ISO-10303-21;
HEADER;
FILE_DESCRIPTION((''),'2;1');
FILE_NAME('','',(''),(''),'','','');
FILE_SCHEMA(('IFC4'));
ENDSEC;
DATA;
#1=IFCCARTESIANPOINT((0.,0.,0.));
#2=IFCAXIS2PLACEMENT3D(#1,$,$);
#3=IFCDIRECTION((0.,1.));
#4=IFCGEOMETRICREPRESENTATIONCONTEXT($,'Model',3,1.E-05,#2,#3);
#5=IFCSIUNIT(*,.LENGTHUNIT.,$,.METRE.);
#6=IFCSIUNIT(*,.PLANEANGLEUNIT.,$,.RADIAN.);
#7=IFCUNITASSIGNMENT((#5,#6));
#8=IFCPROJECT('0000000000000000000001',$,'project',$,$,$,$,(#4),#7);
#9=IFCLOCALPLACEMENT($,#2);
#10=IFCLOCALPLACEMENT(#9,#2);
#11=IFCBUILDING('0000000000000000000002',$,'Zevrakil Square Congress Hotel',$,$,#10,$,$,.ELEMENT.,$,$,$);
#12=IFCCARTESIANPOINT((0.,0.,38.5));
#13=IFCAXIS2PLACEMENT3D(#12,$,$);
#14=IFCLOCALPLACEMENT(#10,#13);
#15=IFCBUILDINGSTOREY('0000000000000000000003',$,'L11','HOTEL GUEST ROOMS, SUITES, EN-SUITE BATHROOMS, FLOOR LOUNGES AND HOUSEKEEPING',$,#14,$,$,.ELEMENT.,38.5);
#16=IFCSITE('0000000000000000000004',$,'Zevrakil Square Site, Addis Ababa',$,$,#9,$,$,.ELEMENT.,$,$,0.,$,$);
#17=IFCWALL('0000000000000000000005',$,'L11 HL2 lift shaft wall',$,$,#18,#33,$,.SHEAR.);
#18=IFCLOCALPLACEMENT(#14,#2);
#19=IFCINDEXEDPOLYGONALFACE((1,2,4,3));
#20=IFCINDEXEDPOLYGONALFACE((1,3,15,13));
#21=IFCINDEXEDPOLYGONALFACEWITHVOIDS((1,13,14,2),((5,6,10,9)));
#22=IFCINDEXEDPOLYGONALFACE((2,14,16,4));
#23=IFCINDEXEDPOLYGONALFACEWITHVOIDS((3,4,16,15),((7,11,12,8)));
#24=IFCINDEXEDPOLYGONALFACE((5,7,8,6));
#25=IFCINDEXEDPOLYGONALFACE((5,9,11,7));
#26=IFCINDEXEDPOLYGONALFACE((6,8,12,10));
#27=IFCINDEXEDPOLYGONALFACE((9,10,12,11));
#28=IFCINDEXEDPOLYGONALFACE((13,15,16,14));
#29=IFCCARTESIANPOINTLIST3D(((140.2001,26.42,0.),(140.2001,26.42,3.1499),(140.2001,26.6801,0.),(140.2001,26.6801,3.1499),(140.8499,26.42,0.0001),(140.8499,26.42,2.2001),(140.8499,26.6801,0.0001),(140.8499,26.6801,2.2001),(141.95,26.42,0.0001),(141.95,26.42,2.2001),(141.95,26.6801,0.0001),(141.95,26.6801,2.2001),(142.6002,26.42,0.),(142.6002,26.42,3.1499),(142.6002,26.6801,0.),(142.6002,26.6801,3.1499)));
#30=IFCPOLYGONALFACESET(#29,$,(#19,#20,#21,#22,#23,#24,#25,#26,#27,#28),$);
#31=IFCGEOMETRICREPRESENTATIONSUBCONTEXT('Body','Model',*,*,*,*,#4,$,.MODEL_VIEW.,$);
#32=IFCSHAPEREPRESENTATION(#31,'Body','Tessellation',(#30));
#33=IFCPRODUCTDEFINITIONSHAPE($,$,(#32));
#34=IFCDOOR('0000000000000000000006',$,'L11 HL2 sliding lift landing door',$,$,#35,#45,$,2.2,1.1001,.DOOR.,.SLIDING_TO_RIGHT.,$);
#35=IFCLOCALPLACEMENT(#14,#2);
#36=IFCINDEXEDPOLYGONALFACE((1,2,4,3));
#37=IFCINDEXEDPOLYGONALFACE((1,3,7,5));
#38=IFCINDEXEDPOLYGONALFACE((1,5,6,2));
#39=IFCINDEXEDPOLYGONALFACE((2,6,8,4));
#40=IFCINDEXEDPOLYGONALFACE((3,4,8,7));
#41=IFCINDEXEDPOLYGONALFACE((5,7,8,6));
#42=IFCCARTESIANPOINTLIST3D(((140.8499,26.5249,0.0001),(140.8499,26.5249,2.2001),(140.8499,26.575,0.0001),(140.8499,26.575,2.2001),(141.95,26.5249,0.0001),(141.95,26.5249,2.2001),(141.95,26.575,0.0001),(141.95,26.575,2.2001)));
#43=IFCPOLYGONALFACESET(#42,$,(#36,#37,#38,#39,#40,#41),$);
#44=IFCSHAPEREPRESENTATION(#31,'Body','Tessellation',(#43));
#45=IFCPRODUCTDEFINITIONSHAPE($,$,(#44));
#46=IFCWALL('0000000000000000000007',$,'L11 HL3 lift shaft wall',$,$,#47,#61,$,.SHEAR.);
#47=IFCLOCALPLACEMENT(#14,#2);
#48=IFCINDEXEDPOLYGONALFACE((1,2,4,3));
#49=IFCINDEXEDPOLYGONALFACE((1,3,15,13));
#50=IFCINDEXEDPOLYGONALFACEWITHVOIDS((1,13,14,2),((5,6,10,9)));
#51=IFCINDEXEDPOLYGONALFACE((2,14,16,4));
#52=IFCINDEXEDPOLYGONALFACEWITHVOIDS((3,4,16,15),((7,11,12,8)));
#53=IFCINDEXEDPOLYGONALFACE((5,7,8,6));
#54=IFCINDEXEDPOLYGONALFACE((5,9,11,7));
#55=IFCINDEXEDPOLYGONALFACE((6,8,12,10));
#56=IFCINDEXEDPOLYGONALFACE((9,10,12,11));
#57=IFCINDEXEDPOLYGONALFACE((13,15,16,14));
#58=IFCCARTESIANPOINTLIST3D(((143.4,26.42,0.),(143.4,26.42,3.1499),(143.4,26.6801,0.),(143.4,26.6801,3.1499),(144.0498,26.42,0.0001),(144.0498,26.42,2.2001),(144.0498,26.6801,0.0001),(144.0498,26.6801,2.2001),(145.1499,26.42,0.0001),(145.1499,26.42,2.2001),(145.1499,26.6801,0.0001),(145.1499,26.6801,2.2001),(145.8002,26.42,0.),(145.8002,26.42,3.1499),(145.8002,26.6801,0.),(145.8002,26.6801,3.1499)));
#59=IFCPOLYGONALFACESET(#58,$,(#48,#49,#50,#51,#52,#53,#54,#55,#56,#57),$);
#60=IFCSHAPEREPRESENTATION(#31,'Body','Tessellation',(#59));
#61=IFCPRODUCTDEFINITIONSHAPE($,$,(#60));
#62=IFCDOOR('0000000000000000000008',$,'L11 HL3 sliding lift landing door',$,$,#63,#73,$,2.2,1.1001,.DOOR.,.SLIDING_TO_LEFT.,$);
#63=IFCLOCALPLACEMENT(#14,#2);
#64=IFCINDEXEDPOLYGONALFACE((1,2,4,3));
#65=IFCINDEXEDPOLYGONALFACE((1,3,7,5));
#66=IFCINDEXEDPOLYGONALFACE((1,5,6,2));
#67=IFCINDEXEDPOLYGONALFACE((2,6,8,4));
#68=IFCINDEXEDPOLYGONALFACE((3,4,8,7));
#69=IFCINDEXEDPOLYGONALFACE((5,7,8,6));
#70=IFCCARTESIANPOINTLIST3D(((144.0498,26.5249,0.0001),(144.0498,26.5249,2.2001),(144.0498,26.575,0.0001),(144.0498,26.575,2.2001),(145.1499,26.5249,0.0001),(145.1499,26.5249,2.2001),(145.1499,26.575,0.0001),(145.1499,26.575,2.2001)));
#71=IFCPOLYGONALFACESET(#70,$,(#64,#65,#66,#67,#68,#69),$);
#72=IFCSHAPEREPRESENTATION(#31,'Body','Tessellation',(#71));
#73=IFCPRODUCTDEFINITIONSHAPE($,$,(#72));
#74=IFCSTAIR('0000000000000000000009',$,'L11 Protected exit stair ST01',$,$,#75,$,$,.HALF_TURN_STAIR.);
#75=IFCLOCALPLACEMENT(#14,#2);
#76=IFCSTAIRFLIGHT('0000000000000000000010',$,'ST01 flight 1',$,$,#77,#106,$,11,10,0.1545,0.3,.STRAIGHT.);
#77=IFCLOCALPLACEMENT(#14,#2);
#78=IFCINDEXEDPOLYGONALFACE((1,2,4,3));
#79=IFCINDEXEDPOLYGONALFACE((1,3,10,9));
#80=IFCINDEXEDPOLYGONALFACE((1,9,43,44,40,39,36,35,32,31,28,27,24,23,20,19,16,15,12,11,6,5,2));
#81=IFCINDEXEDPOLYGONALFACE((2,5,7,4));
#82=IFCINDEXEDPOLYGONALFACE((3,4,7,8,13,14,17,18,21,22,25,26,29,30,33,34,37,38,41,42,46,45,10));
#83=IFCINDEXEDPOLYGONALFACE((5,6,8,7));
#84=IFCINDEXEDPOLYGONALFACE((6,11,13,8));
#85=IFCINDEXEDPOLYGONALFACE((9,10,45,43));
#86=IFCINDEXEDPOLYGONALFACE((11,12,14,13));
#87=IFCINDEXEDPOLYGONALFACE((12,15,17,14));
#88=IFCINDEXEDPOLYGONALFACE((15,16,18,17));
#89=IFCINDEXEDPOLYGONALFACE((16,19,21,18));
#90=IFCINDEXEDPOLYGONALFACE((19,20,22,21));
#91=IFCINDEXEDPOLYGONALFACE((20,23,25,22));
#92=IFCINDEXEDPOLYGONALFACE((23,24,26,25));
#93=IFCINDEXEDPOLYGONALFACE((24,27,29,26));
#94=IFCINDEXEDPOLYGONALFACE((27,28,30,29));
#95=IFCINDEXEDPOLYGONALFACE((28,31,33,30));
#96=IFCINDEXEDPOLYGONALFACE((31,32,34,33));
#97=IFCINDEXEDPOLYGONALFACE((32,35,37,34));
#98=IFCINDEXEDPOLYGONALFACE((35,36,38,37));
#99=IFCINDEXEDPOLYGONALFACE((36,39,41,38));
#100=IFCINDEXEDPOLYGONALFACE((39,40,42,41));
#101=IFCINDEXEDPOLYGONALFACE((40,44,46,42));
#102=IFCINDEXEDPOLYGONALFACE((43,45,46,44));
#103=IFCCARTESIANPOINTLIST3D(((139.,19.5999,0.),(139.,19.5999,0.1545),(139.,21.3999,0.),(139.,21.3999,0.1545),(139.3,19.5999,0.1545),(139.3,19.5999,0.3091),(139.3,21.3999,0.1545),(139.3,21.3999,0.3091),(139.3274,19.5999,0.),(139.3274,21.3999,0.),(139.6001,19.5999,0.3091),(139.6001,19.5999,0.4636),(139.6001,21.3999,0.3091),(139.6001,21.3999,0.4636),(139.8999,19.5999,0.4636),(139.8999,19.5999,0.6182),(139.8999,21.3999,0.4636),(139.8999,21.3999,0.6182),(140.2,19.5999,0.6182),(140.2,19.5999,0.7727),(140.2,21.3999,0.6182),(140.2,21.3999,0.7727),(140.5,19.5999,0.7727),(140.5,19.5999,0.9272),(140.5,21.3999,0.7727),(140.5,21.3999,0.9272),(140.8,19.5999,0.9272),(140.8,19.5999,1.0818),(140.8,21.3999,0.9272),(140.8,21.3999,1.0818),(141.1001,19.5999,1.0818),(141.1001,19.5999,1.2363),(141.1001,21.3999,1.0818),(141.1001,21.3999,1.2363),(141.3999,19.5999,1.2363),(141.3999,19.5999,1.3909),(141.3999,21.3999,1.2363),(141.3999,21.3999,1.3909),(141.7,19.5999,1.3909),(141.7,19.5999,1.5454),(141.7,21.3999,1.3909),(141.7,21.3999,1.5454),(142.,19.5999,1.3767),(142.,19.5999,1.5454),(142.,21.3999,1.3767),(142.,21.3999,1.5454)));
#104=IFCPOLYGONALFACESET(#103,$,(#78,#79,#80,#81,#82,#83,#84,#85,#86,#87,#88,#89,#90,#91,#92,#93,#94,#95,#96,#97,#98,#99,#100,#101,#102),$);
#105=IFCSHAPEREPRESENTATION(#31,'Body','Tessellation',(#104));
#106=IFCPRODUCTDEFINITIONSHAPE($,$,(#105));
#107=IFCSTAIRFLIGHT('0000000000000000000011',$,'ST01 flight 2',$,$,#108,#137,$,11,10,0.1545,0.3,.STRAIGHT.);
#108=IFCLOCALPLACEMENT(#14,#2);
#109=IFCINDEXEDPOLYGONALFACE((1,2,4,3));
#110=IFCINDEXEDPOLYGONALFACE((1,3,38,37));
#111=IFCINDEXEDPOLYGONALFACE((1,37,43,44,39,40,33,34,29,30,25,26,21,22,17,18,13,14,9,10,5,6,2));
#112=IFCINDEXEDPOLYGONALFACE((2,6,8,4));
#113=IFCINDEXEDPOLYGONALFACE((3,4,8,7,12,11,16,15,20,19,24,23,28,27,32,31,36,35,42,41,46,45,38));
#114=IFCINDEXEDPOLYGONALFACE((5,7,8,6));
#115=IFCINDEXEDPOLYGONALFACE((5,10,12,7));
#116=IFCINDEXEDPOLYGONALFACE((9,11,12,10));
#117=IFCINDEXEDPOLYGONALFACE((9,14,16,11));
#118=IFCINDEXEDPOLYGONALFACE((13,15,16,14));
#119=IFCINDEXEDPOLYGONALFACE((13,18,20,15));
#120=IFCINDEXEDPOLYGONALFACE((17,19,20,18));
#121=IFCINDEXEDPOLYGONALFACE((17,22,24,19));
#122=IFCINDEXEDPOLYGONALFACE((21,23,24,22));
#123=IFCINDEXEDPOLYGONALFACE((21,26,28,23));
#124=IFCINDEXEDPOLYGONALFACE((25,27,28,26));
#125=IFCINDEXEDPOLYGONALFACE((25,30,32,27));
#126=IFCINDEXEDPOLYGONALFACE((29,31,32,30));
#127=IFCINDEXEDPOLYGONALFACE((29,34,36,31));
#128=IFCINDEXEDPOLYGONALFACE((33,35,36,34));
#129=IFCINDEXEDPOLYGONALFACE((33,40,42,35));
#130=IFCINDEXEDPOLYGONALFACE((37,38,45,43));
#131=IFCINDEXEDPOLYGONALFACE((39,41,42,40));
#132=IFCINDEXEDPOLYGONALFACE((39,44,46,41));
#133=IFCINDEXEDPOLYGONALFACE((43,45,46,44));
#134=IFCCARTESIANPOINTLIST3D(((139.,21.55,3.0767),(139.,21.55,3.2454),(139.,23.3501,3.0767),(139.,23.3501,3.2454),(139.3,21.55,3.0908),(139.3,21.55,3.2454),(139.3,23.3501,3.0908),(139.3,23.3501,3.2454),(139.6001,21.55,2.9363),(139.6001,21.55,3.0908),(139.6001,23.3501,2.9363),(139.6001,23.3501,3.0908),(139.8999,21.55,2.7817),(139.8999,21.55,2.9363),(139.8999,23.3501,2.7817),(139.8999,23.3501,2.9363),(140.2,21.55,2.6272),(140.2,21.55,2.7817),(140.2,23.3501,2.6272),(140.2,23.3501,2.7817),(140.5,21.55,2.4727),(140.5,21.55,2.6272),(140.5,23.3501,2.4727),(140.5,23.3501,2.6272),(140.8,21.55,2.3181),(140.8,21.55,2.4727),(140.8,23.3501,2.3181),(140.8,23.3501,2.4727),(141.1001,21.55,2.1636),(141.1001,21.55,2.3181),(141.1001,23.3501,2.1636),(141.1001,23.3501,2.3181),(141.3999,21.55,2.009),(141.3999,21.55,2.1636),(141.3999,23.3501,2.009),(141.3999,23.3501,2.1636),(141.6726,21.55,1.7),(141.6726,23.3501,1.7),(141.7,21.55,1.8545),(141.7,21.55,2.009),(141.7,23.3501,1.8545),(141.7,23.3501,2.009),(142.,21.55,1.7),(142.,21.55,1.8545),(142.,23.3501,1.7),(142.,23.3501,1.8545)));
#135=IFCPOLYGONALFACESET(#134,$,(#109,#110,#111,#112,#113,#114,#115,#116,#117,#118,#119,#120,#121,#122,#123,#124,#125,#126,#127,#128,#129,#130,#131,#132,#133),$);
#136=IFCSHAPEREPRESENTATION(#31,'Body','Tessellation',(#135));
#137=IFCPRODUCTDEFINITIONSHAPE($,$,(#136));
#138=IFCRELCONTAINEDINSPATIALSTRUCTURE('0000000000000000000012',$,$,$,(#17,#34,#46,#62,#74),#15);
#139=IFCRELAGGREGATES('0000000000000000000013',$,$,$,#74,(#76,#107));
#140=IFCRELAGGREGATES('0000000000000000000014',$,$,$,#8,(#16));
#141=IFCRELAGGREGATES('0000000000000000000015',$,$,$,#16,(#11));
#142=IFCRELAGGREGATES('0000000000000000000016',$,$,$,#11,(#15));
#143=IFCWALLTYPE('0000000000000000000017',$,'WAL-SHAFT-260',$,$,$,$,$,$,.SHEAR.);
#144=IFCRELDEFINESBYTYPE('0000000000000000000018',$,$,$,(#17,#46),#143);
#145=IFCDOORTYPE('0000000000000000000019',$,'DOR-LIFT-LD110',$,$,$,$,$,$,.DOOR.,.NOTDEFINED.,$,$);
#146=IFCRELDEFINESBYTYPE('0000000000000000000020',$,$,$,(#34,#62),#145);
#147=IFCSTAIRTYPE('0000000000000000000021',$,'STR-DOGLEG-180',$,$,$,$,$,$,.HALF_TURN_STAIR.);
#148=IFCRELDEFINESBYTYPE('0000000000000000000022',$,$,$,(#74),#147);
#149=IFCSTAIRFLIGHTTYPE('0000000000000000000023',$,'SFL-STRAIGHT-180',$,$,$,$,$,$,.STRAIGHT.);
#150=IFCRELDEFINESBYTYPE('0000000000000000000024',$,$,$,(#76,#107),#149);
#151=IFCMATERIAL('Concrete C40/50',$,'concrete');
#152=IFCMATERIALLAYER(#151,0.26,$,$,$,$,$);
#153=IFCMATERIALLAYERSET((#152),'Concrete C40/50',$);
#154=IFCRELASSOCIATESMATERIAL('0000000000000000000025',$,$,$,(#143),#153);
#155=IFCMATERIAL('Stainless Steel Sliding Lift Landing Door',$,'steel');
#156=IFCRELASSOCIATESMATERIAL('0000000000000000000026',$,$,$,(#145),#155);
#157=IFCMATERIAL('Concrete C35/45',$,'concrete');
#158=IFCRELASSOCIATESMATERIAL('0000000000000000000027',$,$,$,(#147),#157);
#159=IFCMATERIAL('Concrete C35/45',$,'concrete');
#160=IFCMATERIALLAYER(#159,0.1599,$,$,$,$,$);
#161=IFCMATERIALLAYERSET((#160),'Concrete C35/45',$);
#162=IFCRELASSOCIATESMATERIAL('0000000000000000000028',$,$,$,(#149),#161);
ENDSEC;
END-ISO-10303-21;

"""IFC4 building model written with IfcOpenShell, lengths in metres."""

from ifc_helpers import new_model, si_unit, direction, frame, frame_2d, origin, place, context, subcontext, project, spatial, polyline, rectangle, outline, extrude, material, layer, layer_set, type_object, element, fill, aggregate, save


model = new_model("IFC4")

# Units and contexts
model_context = context("Model", 3, precision=1e-05, world=origin(), true_north=direction((0.0, 1.0)))
body_context = subcontext(model_context, "Body", "Model", "MODEL_VIEW")
ifc_project = project(units=[si_unit("LENGTHUNIT", "METRE"), si_unit("PLANEANGLEUNIT", "RADIAN")], contexts=[model_context])

# Site, building, storey
site_placement = place(None, origin())
site = spatial("IfcSite", under=ifc_project, at=site_placement, Name="Zevrakil Square Site, Addis Ababa", CompositionType="ELEMENT", RefElevation=0.0)
building_placement = place(site_placement, origin())
building = spatial("IfcBuilding", under=site, at=building_placement, Name="Zevrakil Square Congress Hotel", CompositionType="ELEMENT")
storey_placement = place(building_placement, frame((0.0, 0.0, 38.5)))
storey = spatial("IfcBuildingStorey", under=building, at=storey_placement, Name="L11", Description="HOTEL GUEST ROOMS, SUITES, EN-SUITE BATHROOMS, FLOOR LOUNGES AND HOUSEKEEPING", CompositionType="ELEMENT", Elevation=38.5)

# Shared definitions
ifc_material_1 = material(Name="Concrete C40/50", Category="concrete")
ifc_layer_1 = layer(ifc_material_1, 0.26)
ifc_layer_set_1 = layer_set([ifc_layer_1], Name="Concrete C40/50")
wall_type_1 = type_object("IfcWallType", Name="WAL-SHAFT-260", PredefinedType="SHEAR", material=ifc_layer_set_1)

# Shared definitions
ifc_material_2 = material(Name="Stainless Steel Sliding Lift Landing Door", Category="steel")
door_type_1 = type_object("IfcDoorType", Name="DOR-LIFT-LD110", OperationType="NOTDEFINED", PredefinedType="DOOR", material=ifc_material_2)

# Walls, openings, doors
wall_1_placement = place(storey_placement, frame((140.2, 26.55, 0.0), z_axis=(0.0, 0.0, 1.0), x_axis=(1.0, 0.0, 0.0)))
wall_1 = element("IfcWall", 1, at=wall_1_placement, inside=storey, type_object=wall_type_1, Name="L11 HL2 lift shaft wall", PredefinedType="SHEAR", context=body_context, shape_type="SweptSolid", body=[
    extrude(rectangle(XDim=2.4001, YDim=0.26, at=frame_2d((1.2002, 0.0))), origin(), (0.0, 0.0, 1.0), 3.1499),
])
opening_1_placement = place(wall_1_placement, frame((0.6499, 0.0, 0.0)))
opening_1 = element("IfcOpeningElement", 2, at=opening_1_placement, cuts=wall_1, PredefinedType="OPENING", context=body_context, shape_type="SweptSolid", body=[
    extrude(rectangle(XDim=1.1001, YDim=2.2, at=frame_2d((0.55, 1.1001))), frame((0.0, 0.1401, 0.0), z_axis=(0.0, -1.0, 0.0), x_axis=(1.0, 0.0, 0.0)), (0.0, 0.0, 1.0), 0.28),
])
door_1_placement = place(opening_1_placement, origin())
door_1 = element("IfcDoor", 3, at=door_1_placement, inside=storey, type_object=door_type_1, Name="L11 HL2 sliding lift landing door", OperationType="SLIDING_TO_RIGHT", OverallHeight=2.2, OverallWidth=1.1001, PredefinedType="DOOR", context=body_context, shape_type="SweptSolid", body=[
    extrude(rectangle(XDim=1.1001, YDim=2.2, at=frame_2d((0.55, 1.1001))), frame((0.0, 0.0249, 0.0), z_axis=(0.0, -1.0, 0.0), x_axis=(1.0, 0.0, 0.0)), (0.0, 0.0, 1.0), 0.05),
])
fill(opening_1, door_1)
wall_2_placement = place(storey_placement, frame((143.3999, 26.55, 0.0), z_axis=(0.0, 0.0, 1.0), x_axis=(1.0, 0.0, 0.0)))
wall_2 = element("IfcWall", 4, at=wall_2_placement, inside=storey, type_object=wall_type_1, Name="L11 HL3 lift shaft wall", PredefinedType="SHEAR", context=body_context, shape_type="SweptSolid", body=[
    extrude(rectangle(XDim=2.4001, YDim=0.26, at=frame_2d((1.2002, 0.0))), origin(), (0.0, 0.0, 1.0), 3.1499),
])
opening_2_placement = place(wall_2_placement, frame((0.6499, 0.0, 0.0)))
opening_2 = element("IfcOpeningElement", 5, at=opening_2_placement, cuts=wall_2, PredefinedType="OPENING", context=body_context, shape_type="SweptSolid", body=[
    extrude(rectangle(XDim=1.1001, YDim=2.2, at=frame_2d((0.55, 1.1001))), frame((0.0, 0.1401, 0.0), z_axis=(0.0, -1.0, 0.0), x_axis=(1.0, 0.0, 0.0)), (0.0, 0.0, 1.0), 0.28),
])
door_2_placement = place(opening_2_placement, origin())
door_2 = element("IfcDoor", 6, at=door_2_placement, inside=storey, type_object=door_type_1, Name="L11 HL3 sliding lift landing door", OperationType="SLIDING_TO_LEFT", OverallHeight=2.2, OverallWidth=1.1001, PredefinedType="DOOR", context=body_context, shape_type="SweptSolid", body=[
    extrude(rectangle(XDim=1.1001, YDim=2.2, at=frame_2d((0.55, 1.1001))), frame((0.0, 0.0249, 0.0), z_axis=(0.0, -1.0, 0.0), x_axis=(1.0, 0.0, 0.0)), (0.0, 0.0, 1.0), 0.05),
])
fill(opening_2, door_2)

# Stair, stair flights
ifc_material_3 = material(Name="Concrete C35/45", Category="concrete")
stair_type = type_object("IfcStairType", Name="STR-DOGLEG-180", PredefinedType="HALF_TURN_STAIR", material=ifc_material_3)
stair_placement = place(storey_placement, origin())
stair = element("IfcStair", 7, at=stair_placement, inside=storey, type_object=stair_type, Name="L11 Protected exit stair ST01", PredefinedType="HALF_TURN_STAIR")
ifc_material_4 = material(Name="Concrete C35/45", Category="concrete")
ifc_layer_2 = layer(ifc_material_4, 0.1599)
ifc_layer_set_2 = layer_set([ifc_layer_2], Name="Concrete C35/45")
stair_flight_type = type_object("IfcStairFlightType", Name="SFL-STRAIGHT-180", PredefinedType="STRAIGHT", material=ifc_layer_set_2)
stair_flight_1_placement = place(storey_placement, frame((139.0, 20.5, 0.0), z_axis=(0.0, 0.0, 1.0), x_axis=(1.0, 0.0, 0.0)))
stair_flight_1 = element("IfcStairFlight", 8, at=stair_flight_1_placement, type_object=stair_flight_type, Name="ST01 flight 1", NumberOfRisers=11, NumberOfTreads=10, PredefinedType="STRAIGHT", RiserHeight=0.1545, TreadLength=0.3, context=body_context, shape_type="SweptSolid", body=[
    extrude(outline(polyline([(0.0, 0.0), (0.0, 0.1545), (0.3, 0.1545), (0.3, 0.3091), (0.6001, 0.3091), (0.6001, 0.4636), (0.8999, 0.4636), (0.8999, 0.6182), (1.2, 0.6182), (1.2, 0.7727), (1.5, 0.7727), (1.5, 0.9272), (1.8, 0.9272), (1.8, 1.0818), (2.1001, 1.0818), (2.1001, 1.2363), (2.3999, 1.2363), (2.3999, 1.3909), (2.7, 1.3909), (2.7, 1.5454), (3.0, 1.5454), (3.0, 1.7), (3.0, 1.3767), (0.3274, 0.0), (0.0, 0.0)])), frame((0.0, 0.8999, 0.0), z_axis=(0.0, -1.0, 0.0), x_axis=(1.0, 0.0, 0.0)), (0.0, 0.0, 1.0), 1.8),
])
stair_flight_2_placement = place(storey_placement, frame((142.0, 22.45, 1.7), z_axis=(0.0, 0.0, 1.0), x_axis=(-1.0, 0.0, 0.0)))
stair_flight_2 = element("IfcStairFlight", 9, at=stair_flight_2_placement, type_object=stair_flight_type, Name="ST01 flight 2", NumberOfRisers=11, NumberOfTreads=10, PredefinedType="STRAIGHT", RiserHeight=0.1545, TreadLength=0.3, context=body_context, shape_type="SweptSolid", body=[
    extrude(outline(polyline([(0.0, 0.0), (0.0, 0.1545), (0.3, 0.1545), (0.3, 0.3091), (0.6001, 0.3091), (0.6001, 0.4636), (0.8999, 0.4636), (0.8999, 0.6182), (1.2, 0.6182), (1.2, 0.7727), (1.5, 0.7727), (1.5, 0.9272), (1.8, 0.9272), (1.8, 1.0818), (2.1001, 1.0818), (2.1001, 1.2363), (2.3999, 1.2363), (2.3999, 1.3909), (2.7, 1.3909), (2.7, 1.5454), (3.0, 1.5454), (3.0, 1.7), (3.0, 1.3767), (0.3274, 0.0), (0.0, 0.0)])), frame((0.0, 0.8999, 0.0), z_axis=(0.0, -1.0, 0.0), x_axis=(1.0, 0.0, 0.0)), (0.0, 0.0, 1.0), 1.8),
])
aggregate(stair, [stair_flight_1, stair_flight_2])

save(model, "model.ifc")
